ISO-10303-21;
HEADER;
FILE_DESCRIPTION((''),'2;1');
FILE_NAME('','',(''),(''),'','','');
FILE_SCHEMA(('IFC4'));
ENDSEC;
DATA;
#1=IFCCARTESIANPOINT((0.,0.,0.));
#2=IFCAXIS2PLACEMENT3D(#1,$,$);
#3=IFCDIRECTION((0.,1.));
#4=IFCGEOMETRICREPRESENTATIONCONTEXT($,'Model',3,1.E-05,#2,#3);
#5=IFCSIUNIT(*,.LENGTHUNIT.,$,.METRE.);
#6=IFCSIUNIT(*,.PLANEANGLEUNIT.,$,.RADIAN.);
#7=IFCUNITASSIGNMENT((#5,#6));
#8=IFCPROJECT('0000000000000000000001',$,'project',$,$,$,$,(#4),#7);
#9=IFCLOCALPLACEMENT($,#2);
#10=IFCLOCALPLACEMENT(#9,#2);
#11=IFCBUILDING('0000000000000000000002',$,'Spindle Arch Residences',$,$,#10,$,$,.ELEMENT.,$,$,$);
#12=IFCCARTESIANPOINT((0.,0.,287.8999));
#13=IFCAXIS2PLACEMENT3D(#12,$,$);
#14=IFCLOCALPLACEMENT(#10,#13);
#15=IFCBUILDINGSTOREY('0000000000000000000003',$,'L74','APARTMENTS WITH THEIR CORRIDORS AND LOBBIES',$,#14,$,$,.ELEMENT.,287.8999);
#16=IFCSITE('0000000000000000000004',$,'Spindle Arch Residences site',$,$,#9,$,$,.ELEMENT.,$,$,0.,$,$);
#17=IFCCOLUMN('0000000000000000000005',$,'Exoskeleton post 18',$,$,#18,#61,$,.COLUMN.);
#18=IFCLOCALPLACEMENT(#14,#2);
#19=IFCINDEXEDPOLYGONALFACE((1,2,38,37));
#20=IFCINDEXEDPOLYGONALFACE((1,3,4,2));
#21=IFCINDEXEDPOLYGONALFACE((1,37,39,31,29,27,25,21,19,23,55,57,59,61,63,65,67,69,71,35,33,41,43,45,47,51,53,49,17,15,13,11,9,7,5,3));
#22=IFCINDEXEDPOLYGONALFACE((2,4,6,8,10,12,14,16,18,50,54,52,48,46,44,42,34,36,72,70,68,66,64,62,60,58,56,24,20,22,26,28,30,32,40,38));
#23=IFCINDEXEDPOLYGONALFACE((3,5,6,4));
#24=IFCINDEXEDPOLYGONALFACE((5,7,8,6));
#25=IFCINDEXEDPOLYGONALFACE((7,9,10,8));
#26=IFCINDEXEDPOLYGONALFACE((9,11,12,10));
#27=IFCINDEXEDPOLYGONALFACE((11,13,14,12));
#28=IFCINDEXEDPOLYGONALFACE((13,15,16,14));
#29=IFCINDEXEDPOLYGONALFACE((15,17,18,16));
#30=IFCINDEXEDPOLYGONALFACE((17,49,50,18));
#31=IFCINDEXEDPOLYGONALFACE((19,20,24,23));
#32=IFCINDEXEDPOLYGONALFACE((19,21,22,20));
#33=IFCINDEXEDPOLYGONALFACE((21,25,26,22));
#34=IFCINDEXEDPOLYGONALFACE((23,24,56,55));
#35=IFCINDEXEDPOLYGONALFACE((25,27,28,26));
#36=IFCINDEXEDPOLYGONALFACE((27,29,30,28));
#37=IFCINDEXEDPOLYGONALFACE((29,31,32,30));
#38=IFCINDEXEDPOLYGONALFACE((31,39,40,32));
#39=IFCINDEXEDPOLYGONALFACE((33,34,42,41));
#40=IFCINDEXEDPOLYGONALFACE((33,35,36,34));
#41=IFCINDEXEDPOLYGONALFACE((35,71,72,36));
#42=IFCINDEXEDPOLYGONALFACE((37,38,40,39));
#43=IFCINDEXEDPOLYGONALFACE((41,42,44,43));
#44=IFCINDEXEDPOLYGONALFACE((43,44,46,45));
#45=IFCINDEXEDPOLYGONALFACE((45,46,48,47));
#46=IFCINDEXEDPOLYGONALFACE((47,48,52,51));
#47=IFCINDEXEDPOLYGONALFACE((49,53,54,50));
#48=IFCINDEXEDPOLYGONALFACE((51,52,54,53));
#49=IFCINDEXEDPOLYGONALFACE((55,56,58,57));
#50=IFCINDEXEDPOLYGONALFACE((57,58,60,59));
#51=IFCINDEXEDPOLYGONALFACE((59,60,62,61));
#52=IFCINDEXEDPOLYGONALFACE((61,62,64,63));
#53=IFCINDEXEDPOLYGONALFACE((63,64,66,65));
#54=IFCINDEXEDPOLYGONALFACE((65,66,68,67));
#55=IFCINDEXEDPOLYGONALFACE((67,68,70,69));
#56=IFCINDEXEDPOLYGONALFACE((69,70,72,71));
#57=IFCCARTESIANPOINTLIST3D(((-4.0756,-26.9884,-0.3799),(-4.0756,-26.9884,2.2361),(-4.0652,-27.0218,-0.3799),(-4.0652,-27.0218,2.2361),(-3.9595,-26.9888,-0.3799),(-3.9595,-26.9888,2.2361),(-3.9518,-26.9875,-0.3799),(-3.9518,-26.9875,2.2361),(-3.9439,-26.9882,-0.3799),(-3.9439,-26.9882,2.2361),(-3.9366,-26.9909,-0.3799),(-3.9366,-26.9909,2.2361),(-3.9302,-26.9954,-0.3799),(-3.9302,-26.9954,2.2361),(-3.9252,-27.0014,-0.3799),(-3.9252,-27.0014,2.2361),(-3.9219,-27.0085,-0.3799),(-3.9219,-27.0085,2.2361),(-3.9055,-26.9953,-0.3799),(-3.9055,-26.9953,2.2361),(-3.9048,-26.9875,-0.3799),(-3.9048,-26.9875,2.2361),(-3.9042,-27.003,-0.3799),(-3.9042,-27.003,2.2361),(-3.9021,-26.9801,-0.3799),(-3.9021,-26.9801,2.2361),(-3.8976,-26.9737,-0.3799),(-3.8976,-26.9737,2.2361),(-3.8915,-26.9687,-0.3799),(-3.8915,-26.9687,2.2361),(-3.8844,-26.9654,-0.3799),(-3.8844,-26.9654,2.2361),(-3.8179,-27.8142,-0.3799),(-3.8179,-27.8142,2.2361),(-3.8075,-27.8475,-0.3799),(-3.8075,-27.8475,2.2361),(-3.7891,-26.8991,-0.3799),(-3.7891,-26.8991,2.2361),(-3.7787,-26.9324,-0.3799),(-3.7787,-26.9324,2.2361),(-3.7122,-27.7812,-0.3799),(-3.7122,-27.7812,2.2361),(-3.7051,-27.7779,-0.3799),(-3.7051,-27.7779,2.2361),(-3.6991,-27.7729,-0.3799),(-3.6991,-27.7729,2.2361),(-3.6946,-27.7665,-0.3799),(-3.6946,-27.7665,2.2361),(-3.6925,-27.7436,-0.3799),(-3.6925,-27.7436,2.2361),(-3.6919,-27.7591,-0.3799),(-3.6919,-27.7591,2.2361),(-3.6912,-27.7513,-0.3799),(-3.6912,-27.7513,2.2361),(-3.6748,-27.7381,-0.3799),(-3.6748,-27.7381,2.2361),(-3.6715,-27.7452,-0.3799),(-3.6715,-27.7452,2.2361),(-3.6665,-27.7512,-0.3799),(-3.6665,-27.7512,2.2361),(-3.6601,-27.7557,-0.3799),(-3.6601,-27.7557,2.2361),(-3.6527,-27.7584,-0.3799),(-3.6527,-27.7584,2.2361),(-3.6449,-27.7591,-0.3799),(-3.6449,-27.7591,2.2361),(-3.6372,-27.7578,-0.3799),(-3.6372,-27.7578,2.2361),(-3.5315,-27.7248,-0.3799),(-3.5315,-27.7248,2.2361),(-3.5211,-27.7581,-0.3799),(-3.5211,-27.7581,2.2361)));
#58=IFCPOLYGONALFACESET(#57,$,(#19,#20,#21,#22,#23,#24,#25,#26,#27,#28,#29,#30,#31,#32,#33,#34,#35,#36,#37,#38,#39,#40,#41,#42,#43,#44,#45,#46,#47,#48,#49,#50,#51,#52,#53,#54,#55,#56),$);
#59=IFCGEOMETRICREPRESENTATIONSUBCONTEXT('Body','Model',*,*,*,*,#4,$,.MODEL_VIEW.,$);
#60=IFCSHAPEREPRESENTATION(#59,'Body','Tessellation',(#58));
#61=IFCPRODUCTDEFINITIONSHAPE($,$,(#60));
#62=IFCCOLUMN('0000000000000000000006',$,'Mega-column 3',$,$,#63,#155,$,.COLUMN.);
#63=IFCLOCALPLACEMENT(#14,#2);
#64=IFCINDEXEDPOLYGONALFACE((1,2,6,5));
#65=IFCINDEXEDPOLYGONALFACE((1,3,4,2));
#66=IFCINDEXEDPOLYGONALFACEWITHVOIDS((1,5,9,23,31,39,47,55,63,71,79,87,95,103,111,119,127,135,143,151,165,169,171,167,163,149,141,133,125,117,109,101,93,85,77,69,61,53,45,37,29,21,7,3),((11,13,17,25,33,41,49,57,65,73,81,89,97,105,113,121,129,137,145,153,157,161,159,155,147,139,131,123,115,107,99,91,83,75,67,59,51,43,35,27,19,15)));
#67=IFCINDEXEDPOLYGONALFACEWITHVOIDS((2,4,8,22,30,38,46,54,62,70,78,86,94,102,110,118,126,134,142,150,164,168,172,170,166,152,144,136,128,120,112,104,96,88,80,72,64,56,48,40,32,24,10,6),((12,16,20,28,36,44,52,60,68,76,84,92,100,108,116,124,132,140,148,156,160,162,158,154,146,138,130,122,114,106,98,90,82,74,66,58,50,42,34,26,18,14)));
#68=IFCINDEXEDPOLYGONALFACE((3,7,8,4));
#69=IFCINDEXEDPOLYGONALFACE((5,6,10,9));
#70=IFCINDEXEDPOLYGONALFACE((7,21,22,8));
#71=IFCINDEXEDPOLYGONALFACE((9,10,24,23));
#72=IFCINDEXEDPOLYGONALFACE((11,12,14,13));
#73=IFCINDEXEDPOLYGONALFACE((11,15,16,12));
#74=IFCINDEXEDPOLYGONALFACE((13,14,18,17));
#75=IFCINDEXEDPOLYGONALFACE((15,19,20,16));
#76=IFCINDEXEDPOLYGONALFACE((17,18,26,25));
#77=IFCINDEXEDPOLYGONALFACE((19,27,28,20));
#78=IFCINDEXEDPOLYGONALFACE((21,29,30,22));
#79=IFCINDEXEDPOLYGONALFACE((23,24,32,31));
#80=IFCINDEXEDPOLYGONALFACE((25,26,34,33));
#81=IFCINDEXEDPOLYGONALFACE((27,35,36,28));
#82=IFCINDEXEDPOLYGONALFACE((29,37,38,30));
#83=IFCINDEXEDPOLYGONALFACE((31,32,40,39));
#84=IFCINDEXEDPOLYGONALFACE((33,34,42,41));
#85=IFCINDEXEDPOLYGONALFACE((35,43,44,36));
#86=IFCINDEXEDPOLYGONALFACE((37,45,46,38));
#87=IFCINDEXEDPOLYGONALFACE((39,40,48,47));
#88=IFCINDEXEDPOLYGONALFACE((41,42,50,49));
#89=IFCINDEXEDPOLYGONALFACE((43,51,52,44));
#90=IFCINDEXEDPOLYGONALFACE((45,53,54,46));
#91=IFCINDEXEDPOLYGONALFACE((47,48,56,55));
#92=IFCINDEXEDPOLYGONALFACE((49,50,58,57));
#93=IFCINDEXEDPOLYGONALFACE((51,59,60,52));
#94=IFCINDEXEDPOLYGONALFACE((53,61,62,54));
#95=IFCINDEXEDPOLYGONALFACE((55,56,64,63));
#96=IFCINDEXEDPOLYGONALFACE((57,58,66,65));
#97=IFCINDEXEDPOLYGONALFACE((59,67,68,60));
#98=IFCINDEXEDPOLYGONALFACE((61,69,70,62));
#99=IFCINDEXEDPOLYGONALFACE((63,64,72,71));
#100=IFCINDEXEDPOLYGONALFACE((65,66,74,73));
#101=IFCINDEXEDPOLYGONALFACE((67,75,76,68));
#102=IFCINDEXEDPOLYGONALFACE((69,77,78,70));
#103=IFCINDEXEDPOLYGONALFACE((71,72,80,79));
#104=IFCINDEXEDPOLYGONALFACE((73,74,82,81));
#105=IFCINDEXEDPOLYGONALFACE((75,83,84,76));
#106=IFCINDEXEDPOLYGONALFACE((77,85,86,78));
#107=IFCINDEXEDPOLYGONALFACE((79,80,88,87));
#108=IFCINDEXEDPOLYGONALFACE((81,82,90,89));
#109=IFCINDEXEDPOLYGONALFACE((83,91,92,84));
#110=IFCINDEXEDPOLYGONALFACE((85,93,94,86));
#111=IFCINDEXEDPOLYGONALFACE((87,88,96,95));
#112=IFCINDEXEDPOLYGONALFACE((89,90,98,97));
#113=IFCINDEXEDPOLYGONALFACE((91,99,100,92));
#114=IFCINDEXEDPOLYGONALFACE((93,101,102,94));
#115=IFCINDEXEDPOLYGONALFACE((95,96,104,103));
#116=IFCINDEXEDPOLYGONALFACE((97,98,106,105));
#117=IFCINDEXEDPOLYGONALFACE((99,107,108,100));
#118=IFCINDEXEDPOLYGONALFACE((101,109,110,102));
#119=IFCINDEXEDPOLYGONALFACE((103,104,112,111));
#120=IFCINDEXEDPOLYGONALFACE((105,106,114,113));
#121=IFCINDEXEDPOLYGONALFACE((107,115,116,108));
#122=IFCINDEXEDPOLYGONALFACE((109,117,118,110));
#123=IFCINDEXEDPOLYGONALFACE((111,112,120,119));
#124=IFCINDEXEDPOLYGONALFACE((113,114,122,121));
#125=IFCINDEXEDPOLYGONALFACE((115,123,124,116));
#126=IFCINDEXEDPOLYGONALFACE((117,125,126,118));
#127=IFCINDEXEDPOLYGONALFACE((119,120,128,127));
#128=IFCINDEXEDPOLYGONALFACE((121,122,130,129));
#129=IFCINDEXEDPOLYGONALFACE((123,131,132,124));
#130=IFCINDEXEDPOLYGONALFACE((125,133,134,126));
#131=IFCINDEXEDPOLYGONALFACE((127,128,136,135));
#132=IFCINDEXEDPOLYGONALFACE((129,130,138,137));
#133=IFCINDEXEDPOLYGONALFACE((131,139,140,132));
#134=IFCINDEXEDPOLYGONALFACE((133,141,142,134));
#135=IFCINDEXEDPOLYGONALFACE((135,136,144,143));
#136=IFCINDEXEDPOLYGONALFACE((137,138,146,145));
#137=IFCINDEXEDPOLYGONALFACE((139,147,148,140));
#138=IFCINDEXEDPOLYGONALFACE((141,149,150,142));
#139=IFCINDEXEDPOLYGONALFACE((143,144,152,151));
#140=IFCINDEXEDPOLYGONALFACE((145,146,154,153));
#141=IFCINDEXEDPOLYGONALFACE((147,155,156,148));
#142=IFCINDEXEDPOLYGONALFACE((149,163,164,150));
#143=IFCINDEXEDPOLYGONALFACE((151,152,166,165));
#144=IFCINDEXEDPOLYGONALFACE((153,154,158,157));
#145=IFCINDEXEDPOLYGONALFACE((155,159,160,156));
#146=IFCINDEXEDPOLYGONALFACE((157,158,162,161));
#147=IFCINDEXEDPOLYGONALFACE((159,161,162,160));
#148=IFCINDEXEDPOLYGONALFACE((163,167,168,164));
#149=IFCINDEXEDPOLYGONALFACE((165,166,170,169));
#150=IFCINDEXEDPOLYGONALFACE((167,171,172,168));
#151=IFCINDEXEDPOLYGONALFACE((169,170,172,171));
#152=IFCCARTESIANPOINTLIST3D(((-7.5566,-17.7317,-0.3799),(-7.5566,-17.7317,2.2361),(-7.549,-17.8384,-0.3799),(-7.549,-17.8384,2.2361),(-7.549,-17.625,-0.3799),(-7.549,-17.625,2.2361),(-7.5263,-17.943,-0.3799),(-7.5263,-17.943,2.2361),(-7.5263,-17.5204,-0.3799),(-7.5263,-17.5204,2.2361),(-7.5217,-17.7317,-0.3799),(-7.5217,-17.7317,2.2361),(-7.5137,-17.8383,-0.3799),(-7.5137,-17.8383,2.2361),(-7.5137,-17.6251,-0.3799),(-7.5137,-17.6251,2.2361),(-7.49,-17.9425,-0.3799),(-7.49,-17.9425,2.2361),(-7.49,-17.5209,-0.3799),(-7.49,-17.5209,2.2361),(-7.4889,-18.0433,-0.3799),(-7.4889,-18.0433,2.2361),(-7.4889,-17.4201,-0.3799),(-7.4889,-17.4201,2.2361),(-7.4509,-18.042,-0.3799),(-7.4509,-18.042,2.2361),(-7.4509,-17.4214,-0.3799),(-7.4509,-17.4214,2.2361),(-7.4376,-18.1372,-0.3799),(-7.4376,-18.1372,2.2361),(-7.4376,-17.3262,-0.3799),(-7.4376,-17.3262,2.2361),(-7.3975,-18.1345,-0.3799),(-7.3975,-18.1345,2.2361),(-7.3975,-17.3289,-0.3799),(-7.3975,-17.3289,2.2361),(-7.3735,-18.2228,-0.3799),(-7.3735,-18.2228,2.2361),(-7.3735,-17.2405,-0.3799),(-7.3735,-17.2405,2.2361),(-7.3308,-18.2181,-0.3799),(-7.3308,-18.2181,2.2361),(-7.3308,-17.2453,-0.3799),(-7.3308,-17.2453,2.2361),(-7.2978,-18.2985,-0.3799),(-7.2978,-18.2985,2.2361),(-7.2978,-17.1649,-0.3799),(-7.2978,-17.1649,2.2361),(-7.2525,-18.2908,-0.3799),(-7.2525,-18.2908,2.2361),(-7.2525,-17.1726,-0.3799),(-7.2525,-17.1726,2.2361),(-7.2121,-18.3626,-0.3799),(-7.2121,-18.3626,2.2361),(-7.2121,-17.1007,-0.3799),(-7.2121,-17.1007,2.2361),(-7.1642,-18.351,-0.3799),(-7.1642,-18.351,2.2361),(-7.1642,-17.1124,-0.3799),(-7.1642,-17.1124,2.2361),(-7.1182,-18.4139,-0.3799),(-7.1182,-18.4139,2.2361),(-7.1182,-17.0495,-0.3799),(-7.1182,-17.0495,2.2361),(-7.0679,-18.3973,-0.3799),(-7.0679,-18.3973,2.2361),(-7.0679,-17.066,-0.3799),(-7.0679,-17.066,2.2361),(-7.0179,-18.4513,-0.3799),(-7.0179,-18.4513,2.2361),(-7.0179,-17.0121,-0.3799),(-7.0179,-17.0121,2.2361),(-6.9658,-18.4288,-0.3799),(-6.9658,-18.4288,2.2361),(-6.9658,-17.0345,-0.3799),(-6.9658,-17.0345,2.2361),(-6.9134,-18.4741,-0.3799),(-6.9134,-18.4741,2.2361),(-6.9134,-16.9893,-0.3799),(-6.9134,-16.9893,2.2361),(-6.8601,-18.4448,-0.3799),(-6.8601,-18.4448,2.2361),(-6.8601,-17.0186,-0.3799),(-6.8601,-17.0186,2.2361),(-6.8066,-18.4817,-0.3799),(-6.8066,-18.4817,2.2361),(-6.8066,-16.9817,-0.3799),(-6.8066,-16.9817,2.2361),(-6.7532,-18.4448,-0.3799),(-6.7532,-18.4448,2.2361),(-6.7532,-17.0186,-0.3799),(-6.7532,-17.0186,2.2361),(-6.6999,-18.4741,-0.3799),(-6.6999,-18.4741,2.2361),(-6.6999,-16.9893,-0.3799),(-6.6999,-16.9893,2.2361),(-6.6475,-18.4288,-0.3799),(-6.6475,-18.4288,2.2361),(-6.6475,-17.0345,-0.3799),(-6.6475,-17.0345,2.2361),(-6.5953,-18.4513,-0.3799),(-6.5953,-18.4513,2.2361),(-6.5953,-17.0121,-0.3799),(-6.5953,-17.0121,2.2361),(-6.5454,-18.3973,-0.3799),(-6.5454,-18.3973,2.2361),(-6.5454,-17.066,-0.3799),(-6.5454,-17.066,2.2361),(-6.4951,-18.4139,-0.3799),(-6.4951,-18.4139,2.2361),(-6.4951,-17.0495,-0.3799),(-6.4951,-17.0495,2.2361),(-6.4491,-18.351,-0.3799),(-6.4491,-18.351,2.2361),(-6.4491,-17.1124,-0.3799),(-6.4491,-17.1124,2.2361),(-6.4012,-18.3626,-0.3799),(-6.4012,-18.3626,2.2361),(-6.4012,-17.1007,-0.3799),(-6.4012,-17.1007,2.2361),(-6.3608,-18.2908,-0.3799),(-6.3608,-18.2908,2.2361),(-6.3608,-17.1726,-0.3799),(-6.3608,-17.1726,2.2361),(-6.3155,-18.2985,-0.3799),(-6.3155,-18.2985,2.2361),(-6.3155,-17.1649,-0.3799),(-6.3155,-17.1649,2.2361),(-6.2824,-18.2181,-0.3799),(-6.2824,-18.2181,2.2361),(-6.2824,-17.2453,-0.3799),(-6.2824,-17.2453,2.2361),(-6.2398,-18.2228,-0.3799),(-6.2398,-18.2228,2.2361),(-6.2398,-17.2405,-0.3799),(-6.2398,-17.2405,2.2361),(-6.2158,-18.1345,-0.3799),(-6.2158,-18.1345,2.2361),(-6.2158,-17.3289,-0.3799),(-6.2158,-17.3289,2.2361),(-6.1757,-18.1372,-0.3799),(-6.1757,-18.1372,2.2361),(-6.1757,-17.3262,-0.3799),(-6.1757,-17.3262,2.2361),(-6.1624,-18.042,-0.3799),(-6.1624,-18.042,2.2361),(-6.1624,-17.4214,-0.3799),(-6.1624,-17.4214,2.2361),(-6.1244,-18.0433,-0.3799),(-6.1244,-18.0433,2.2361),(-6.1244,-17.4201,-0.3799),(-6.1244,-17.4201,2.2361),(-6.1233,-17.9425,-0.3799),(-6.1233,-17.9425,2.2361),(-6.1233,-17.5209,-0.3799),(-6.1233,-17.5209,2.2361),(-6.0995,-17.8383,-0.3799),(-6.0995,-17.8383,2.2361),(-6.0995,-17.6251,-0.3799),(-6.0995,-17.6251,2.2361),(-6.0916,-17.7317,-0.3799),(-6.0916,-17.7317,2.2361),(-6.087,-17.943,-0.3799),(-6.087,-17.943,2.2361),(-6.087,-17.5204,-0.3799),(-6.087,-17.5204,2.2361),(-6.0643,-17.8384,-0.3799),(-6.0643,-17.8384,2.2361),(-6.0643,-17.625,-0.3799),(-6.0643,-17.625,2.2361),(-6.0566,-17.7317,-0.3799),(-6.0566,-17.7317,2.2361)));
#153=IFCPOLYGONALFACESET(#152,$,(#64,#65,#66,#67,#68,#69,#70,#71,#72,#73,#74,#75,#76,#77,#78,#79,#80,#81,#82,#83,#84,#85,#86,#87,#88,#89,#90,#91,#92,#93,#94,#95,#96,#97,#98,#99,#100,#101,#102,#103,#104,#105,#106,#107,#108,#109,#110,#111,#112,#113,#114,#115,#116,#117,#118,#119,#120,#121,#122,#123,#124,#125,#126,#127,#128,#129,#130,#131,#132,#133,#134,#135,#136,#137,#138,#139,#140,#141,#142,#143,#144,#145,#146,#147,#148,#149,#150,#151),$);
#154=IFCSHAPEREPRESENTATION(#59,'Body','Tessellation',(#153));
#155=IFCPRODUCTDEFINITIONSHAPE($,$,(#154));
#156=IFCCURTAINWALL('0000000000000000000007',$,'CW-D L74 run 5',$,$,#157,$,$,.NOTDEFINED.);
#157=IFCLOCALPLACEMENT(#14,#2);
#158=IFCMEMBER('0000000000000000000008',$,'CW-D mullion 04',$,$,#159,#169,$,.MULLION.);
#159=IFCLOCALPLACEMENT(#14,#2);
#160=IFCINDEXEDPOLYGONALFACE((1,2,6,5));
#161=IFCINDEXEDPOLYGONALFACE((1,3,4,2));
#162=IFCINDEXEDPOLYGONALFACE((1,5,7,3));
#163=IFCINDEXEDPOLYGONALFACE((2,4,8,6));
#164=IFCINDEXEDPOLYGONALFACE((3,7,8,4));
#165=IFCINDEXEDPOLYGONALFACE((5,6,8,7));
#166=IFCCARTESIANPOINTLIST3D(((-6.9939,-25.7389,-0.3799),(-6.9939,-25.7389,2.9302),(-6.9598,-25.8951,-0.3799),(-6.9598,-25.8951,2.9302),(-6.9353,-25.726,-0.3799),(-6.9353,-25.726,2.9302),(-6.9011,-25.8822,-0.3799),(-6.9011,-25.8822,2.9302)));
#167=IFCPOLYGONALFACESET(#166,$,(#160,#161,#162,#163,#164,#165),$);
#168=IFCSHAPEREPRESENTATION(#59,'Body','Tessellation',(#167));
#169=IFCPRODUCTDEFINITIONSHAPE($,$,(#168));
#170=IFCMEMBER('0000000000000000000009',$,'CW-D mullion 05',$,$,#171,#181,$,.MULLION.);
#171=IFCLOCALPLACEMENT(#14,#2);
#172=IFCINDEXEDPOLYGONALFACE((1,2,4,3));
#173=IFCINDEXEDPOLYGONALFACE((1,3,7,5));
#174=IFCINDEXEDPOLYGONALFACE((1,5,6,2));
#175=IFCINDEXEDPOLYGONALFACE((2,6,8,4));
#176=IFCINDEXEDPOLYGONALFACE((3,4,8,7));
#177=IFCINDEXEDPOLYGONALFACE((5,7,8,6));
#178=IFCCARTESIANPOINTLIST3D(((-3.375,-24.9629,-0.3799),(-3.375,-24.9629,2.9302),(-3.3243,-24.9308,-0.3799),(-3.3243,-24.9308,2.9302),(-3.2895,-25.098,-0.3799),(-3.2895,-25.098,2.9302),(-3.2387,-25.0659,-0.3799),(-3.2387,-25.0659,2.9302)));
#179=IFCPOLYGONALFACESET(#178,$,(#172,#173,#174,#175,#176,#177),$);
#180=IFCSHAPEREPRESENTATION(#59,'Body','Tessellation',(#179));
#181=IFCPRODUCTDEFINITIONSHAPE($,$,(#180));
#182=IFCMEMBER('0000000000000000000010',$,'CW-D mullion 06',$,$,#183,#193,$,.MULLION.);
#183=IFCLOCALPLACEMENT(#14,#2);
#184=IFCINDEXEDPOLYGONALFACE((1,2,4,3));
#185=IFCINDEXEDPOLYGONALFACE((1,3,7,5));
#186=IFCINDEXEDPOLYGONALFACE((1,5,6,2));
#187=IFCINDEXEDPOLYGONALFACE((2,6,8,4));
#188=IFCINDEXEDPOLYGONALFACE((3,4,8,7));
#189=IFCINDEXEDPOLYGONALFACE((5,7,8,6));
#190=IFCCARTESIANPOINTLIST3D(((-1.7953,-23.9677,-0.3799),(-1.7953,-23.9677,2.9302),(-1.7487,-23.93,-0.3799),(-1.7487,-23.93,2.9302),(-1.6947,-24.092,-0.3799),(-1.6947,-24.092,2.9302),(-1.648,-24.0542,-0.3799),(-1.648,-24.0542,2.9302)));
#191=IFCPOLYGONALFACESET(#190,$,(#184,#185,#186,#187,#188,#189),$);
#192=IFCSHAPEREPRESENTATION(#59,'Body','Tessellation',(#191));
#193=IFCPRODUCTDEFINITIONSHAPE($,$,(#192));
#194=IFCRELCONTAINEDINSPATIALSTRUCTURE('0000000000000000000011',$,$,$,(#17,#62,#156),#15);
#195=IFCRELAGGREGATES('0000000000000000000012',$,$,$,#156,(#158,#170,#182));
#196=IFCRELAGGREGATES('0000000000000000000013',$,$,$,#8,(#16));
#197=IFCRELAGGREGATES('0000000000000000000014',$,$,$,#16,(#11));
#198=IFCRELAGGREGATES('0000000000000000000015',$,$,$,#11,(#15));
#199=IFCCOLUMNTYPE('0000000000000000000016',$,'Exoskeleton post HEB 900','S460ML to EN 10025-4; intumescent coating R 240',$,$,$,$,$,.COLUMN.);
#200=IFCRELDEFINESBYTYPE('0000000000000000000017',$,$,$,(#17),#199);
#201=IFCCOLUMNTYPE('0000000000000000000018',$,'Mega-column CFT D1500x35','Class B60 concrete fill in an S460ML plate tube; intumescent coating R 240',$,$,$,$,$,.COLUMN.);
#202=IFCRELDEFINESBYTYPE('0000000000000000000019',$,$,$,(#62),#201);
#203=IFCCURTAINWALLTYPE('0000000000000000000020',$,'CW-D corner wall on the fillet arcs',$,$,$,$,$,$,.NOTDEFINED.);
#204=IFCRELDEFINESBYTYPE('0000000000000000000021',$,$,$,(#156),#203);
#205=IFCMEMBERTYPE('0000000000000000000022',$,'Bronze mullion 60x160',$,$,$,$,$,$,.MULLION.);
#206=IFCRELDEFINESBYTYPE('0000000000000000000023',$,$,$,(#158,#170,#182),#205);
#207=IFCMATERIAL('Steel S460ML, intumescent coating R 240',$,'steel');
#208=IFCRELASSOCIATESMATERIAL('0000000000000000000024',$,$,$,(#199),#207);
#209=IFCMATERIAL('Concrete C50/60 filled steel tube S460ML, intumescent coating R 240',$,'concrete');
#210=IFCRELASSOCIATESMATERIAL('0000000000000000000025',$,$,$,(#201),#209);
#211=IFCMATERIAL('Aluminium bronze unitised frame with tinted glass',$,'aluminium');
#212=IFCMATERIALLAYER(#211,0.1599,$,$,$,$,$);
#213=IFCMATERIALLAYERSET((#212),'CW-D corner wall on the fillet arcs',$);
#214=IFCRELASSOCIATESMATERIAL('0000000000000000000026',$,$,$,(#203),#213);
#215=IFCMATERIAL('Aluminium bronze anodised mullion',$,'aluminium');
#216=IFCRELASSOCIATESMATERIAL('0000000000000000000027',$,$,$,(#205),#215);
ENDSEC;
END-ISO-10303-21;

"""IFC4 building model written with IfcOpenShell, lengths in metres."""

from ifc_helpers import new_model, si_unit, direction, frame, origin, origin_2d, place, context, subcontext, project, spatial, rectangle, hollow_circle, i_section, extrude, material, layer, layer_set, material_profile, profile_set, type_object, element, aggregate, save


model = new_model("IFC4")

# Units and contexts
model_context = context("Model", 3, precision=1e-05, world=origin(), true_north=direction((0.0, 1.0)))
body_context = subcontext(model_context, "Body", "Model", "MODEL_VIEW")
ifc_project = project(units=[si_unit("LENGTHUNIT", "METRE"), si_unit("PLANEANGLEUNIT", "RADIAN")], contexts=[model_context])

# Site, building, storey
site_placement = place(None, origin())
site = spatial("IfcSite", under=ifc_project, at=site_placement, Name="Spindle Arch Residences site", CompositionType="ELEMENT", RefElevation=0.0)
building_placement = place(site_placement, origin())
building = spatial("IfcBuilding", under=site, at=building_placement, Name="Spindle Arch Residences", CompositionType="ELEMENT")
storey_placement = place(building_placement, frame((0.0, 0.0, 287.8999)))
storey = spatial("IfcBuildingStorey", under=building, at=storey_placement, Name="L74", Description="APARTMENTS WITH THEIR CORRIDORS AND LOBBIES", CompositionType="ELEMENT", Elevation=287.8999)

# Columns
ifc_material_1 = material(Name="Steel S460ML, intumescent coating R 240", Category="steel")
ifc_material_profile_1 = material_profile(ifc_material_1, i_section(OverallWidth=0.3, OverallDepth=0.8999, WebThickness=0.0186, FlangeThickness=0.0349, FilletRadius=0.03, at=origin_2d()), Name="HEB 900")
ifc_profile_set_1 = profile_set([ifc_material_profile_1], Name="Steel S460ML, intumescent coating R 240")
column_type_1 = type_object("IfcColumnType", Name="Exoskeleton post HEB 900", Description="S460ML to EN 10025-4; intumescent coating R 240", PredefinedType="COLUMN", material=ifc_profile_set_1)
column_1_placement = place(storey_placement, frame((-3.7983, -27.3733, -0.3799), z_axis=(0.0, 0.0, 1.0), x_axis=(-0.954617, -0.297835, 0.0)))
element("IfcColumn", 1, at=column_1_placement, inside=storey, type_object=column_type_1, Name="Exoskeleton post 18", PredefinedType="COLUMN", context=body_context, shape_type="SweptSolid", body=[
    extrude(i_section(OverallWidth=0.3, OverallDepth=0.8999, WebThickness=0.0186, FlangeThickness=0.0349, FilletRadius=0.03, at=origin_2d()), origin(), (0.0, 0.0, 1.0), 2.616),
])
ifc_material_2 = material(Name="Concrete C50/60 filled steel tube S460ML, intumescent coating R 240", Category="concrete")
ifc_material_profile_2 = material_profile(ifc_material_2, hollow_circle(Radius=0.75, WallThickness=0.0349, at=origin_2d()), Name="CFT D1500x35")
ifc_profile_set_2 = profile_set([ifc_material_profile_2], Name="Concrete C50/60 filled steel tube S460ML, intumescent coating R 240")
column_type_2 = type_object("IfcColumnType", Name="Mega-column CFT D1500x35", Description="Class B60 concrete fill in an S460ML plate tube; intumescent coating R 240", PredefinedType="COLUMN", material=ifc_profile_set_2)
column_2_placement = place(storey_placement, frame((-6.8066, -17.7317, -0.3799), z_axis=(0.0, 0.0, 1.0), x_axis=(1.0, 0.0, 0.0)))
element("IfcColumn", 2, at=column_2_placement, inside=storey, type_object=column_type_2, Name="Mega-column 3", PredefinedType="COLUMN", context=body_context, shape_type="SweptSolid", body=[
    extrude(hollow_circle(Radius=0.75, WallThickness=0.0349, at=origin_2d()), origin(), (0.0, 0.0, 1.0), 2.616),
])

# Curtain wall, members
ifc_material_3 = material(Name="Aluminium bronze unitised frame with tinted glass", Category="aluminium")
ifc_layer_1 = layer(ifc_material_3, 0.1599)
ifc_layer_set_1 = layer_set([ifc_layer_1], Name="CW-D corner wall on the fillet arcs")
curtain_wall_type = type_object("IfcCurtainWallType", Name="CW-D corner wall on the fillet arcs", PredefinedType="NOTDEFINED", material=ifc_layer_set_1)
curtain_wall_placement = place(storey_placement, origin())
curtain_wall = element("IfcCurtainWall", 3, at=curtain_wall_placement, inside=storey, type_object=curtain_wall_type, Name="CW-D L74 run 5", PredefinedType="NOTDEFINED")
ifc_material_4 = material(Name="Aluminium bronze anodised mullion", Category="aluminium")
ifc_material_profile_3 = material_profile(ifc_material_4, rectangle(XDim=0.1599, YDim=0.0601, at=origin_2d()), Name="MU 60x160")
ifc_profile_set_3 = profile_set([ifc_material_profile_3], Name="Aluminium bronze anodised mullion")
member_type_1 = type_object("IfcMemberType", Name="Bronze mullion 60x160", PredefinedType="MULLION", material=ifc_profile_set_3)
member_1_placement = place(storey_placement, frame((-6.9475, -25.8105, -0.3799), z_axis=(0.0, 0.0, 1.0), x_axis=(-0.213599, 0.976921, 0.0)))
member_1 = element("IfcMember", 4, at=member_1_placement, type_object=member_type_1, Name="CW-D mullion 04", PredefinedType="MULLION", context=body_context, shape_type="SweptSolid", body=[
    extrude(rectangle(XDim=0.1599, YDim=0.0601, at=origin_2d()), origin(), (0.0, 0.0, 1.0), 3.3101),
])
member_2_placement = place(storey_placement, frame((-3.3069, -25.0144, -0.3799), z_axis=(0.0, 0.0, 1.0), x_axis=(-0.534844, 0.844951, 0.0)))
member_2 = element("IfcMember", 5, at=member_2_placement, type_object=member_type_1, Name="CW-D mullion 05", PredefinedType="MULLION", context=body_context, shape_type="SweptSolid", body=[
    extrude(rectangle(XDim=0.1599, YDim=0.0601, at=origin_2d()), origin(), (0.0, 0.0, 1.0), 3.3101),
])
member_3_placement = place(storey_placement, frame((-1.7217, -24.011, -0.3799), z_axis=(0.0, 0.0, 1.0), x_axis=(-0.62932, 0.777146, 0.0)))
member_3 = element("IfcMember", 6, at=member_3_placement, type_object=member_type_1, Name="CW-D mullion 06", PredefinedType="MULLION", context=body_context, shape_type="SweptSolid", body=[
    extrude(rectangle(XDim=0.1599, YDim=0.0601, at=origin_2d()), origin(), (0.0, 0.0, 1.0), 3.3101),
])

aggregate(curtain_wall, [member_1, member_2, member_3])

save(model, "model.ifc")
